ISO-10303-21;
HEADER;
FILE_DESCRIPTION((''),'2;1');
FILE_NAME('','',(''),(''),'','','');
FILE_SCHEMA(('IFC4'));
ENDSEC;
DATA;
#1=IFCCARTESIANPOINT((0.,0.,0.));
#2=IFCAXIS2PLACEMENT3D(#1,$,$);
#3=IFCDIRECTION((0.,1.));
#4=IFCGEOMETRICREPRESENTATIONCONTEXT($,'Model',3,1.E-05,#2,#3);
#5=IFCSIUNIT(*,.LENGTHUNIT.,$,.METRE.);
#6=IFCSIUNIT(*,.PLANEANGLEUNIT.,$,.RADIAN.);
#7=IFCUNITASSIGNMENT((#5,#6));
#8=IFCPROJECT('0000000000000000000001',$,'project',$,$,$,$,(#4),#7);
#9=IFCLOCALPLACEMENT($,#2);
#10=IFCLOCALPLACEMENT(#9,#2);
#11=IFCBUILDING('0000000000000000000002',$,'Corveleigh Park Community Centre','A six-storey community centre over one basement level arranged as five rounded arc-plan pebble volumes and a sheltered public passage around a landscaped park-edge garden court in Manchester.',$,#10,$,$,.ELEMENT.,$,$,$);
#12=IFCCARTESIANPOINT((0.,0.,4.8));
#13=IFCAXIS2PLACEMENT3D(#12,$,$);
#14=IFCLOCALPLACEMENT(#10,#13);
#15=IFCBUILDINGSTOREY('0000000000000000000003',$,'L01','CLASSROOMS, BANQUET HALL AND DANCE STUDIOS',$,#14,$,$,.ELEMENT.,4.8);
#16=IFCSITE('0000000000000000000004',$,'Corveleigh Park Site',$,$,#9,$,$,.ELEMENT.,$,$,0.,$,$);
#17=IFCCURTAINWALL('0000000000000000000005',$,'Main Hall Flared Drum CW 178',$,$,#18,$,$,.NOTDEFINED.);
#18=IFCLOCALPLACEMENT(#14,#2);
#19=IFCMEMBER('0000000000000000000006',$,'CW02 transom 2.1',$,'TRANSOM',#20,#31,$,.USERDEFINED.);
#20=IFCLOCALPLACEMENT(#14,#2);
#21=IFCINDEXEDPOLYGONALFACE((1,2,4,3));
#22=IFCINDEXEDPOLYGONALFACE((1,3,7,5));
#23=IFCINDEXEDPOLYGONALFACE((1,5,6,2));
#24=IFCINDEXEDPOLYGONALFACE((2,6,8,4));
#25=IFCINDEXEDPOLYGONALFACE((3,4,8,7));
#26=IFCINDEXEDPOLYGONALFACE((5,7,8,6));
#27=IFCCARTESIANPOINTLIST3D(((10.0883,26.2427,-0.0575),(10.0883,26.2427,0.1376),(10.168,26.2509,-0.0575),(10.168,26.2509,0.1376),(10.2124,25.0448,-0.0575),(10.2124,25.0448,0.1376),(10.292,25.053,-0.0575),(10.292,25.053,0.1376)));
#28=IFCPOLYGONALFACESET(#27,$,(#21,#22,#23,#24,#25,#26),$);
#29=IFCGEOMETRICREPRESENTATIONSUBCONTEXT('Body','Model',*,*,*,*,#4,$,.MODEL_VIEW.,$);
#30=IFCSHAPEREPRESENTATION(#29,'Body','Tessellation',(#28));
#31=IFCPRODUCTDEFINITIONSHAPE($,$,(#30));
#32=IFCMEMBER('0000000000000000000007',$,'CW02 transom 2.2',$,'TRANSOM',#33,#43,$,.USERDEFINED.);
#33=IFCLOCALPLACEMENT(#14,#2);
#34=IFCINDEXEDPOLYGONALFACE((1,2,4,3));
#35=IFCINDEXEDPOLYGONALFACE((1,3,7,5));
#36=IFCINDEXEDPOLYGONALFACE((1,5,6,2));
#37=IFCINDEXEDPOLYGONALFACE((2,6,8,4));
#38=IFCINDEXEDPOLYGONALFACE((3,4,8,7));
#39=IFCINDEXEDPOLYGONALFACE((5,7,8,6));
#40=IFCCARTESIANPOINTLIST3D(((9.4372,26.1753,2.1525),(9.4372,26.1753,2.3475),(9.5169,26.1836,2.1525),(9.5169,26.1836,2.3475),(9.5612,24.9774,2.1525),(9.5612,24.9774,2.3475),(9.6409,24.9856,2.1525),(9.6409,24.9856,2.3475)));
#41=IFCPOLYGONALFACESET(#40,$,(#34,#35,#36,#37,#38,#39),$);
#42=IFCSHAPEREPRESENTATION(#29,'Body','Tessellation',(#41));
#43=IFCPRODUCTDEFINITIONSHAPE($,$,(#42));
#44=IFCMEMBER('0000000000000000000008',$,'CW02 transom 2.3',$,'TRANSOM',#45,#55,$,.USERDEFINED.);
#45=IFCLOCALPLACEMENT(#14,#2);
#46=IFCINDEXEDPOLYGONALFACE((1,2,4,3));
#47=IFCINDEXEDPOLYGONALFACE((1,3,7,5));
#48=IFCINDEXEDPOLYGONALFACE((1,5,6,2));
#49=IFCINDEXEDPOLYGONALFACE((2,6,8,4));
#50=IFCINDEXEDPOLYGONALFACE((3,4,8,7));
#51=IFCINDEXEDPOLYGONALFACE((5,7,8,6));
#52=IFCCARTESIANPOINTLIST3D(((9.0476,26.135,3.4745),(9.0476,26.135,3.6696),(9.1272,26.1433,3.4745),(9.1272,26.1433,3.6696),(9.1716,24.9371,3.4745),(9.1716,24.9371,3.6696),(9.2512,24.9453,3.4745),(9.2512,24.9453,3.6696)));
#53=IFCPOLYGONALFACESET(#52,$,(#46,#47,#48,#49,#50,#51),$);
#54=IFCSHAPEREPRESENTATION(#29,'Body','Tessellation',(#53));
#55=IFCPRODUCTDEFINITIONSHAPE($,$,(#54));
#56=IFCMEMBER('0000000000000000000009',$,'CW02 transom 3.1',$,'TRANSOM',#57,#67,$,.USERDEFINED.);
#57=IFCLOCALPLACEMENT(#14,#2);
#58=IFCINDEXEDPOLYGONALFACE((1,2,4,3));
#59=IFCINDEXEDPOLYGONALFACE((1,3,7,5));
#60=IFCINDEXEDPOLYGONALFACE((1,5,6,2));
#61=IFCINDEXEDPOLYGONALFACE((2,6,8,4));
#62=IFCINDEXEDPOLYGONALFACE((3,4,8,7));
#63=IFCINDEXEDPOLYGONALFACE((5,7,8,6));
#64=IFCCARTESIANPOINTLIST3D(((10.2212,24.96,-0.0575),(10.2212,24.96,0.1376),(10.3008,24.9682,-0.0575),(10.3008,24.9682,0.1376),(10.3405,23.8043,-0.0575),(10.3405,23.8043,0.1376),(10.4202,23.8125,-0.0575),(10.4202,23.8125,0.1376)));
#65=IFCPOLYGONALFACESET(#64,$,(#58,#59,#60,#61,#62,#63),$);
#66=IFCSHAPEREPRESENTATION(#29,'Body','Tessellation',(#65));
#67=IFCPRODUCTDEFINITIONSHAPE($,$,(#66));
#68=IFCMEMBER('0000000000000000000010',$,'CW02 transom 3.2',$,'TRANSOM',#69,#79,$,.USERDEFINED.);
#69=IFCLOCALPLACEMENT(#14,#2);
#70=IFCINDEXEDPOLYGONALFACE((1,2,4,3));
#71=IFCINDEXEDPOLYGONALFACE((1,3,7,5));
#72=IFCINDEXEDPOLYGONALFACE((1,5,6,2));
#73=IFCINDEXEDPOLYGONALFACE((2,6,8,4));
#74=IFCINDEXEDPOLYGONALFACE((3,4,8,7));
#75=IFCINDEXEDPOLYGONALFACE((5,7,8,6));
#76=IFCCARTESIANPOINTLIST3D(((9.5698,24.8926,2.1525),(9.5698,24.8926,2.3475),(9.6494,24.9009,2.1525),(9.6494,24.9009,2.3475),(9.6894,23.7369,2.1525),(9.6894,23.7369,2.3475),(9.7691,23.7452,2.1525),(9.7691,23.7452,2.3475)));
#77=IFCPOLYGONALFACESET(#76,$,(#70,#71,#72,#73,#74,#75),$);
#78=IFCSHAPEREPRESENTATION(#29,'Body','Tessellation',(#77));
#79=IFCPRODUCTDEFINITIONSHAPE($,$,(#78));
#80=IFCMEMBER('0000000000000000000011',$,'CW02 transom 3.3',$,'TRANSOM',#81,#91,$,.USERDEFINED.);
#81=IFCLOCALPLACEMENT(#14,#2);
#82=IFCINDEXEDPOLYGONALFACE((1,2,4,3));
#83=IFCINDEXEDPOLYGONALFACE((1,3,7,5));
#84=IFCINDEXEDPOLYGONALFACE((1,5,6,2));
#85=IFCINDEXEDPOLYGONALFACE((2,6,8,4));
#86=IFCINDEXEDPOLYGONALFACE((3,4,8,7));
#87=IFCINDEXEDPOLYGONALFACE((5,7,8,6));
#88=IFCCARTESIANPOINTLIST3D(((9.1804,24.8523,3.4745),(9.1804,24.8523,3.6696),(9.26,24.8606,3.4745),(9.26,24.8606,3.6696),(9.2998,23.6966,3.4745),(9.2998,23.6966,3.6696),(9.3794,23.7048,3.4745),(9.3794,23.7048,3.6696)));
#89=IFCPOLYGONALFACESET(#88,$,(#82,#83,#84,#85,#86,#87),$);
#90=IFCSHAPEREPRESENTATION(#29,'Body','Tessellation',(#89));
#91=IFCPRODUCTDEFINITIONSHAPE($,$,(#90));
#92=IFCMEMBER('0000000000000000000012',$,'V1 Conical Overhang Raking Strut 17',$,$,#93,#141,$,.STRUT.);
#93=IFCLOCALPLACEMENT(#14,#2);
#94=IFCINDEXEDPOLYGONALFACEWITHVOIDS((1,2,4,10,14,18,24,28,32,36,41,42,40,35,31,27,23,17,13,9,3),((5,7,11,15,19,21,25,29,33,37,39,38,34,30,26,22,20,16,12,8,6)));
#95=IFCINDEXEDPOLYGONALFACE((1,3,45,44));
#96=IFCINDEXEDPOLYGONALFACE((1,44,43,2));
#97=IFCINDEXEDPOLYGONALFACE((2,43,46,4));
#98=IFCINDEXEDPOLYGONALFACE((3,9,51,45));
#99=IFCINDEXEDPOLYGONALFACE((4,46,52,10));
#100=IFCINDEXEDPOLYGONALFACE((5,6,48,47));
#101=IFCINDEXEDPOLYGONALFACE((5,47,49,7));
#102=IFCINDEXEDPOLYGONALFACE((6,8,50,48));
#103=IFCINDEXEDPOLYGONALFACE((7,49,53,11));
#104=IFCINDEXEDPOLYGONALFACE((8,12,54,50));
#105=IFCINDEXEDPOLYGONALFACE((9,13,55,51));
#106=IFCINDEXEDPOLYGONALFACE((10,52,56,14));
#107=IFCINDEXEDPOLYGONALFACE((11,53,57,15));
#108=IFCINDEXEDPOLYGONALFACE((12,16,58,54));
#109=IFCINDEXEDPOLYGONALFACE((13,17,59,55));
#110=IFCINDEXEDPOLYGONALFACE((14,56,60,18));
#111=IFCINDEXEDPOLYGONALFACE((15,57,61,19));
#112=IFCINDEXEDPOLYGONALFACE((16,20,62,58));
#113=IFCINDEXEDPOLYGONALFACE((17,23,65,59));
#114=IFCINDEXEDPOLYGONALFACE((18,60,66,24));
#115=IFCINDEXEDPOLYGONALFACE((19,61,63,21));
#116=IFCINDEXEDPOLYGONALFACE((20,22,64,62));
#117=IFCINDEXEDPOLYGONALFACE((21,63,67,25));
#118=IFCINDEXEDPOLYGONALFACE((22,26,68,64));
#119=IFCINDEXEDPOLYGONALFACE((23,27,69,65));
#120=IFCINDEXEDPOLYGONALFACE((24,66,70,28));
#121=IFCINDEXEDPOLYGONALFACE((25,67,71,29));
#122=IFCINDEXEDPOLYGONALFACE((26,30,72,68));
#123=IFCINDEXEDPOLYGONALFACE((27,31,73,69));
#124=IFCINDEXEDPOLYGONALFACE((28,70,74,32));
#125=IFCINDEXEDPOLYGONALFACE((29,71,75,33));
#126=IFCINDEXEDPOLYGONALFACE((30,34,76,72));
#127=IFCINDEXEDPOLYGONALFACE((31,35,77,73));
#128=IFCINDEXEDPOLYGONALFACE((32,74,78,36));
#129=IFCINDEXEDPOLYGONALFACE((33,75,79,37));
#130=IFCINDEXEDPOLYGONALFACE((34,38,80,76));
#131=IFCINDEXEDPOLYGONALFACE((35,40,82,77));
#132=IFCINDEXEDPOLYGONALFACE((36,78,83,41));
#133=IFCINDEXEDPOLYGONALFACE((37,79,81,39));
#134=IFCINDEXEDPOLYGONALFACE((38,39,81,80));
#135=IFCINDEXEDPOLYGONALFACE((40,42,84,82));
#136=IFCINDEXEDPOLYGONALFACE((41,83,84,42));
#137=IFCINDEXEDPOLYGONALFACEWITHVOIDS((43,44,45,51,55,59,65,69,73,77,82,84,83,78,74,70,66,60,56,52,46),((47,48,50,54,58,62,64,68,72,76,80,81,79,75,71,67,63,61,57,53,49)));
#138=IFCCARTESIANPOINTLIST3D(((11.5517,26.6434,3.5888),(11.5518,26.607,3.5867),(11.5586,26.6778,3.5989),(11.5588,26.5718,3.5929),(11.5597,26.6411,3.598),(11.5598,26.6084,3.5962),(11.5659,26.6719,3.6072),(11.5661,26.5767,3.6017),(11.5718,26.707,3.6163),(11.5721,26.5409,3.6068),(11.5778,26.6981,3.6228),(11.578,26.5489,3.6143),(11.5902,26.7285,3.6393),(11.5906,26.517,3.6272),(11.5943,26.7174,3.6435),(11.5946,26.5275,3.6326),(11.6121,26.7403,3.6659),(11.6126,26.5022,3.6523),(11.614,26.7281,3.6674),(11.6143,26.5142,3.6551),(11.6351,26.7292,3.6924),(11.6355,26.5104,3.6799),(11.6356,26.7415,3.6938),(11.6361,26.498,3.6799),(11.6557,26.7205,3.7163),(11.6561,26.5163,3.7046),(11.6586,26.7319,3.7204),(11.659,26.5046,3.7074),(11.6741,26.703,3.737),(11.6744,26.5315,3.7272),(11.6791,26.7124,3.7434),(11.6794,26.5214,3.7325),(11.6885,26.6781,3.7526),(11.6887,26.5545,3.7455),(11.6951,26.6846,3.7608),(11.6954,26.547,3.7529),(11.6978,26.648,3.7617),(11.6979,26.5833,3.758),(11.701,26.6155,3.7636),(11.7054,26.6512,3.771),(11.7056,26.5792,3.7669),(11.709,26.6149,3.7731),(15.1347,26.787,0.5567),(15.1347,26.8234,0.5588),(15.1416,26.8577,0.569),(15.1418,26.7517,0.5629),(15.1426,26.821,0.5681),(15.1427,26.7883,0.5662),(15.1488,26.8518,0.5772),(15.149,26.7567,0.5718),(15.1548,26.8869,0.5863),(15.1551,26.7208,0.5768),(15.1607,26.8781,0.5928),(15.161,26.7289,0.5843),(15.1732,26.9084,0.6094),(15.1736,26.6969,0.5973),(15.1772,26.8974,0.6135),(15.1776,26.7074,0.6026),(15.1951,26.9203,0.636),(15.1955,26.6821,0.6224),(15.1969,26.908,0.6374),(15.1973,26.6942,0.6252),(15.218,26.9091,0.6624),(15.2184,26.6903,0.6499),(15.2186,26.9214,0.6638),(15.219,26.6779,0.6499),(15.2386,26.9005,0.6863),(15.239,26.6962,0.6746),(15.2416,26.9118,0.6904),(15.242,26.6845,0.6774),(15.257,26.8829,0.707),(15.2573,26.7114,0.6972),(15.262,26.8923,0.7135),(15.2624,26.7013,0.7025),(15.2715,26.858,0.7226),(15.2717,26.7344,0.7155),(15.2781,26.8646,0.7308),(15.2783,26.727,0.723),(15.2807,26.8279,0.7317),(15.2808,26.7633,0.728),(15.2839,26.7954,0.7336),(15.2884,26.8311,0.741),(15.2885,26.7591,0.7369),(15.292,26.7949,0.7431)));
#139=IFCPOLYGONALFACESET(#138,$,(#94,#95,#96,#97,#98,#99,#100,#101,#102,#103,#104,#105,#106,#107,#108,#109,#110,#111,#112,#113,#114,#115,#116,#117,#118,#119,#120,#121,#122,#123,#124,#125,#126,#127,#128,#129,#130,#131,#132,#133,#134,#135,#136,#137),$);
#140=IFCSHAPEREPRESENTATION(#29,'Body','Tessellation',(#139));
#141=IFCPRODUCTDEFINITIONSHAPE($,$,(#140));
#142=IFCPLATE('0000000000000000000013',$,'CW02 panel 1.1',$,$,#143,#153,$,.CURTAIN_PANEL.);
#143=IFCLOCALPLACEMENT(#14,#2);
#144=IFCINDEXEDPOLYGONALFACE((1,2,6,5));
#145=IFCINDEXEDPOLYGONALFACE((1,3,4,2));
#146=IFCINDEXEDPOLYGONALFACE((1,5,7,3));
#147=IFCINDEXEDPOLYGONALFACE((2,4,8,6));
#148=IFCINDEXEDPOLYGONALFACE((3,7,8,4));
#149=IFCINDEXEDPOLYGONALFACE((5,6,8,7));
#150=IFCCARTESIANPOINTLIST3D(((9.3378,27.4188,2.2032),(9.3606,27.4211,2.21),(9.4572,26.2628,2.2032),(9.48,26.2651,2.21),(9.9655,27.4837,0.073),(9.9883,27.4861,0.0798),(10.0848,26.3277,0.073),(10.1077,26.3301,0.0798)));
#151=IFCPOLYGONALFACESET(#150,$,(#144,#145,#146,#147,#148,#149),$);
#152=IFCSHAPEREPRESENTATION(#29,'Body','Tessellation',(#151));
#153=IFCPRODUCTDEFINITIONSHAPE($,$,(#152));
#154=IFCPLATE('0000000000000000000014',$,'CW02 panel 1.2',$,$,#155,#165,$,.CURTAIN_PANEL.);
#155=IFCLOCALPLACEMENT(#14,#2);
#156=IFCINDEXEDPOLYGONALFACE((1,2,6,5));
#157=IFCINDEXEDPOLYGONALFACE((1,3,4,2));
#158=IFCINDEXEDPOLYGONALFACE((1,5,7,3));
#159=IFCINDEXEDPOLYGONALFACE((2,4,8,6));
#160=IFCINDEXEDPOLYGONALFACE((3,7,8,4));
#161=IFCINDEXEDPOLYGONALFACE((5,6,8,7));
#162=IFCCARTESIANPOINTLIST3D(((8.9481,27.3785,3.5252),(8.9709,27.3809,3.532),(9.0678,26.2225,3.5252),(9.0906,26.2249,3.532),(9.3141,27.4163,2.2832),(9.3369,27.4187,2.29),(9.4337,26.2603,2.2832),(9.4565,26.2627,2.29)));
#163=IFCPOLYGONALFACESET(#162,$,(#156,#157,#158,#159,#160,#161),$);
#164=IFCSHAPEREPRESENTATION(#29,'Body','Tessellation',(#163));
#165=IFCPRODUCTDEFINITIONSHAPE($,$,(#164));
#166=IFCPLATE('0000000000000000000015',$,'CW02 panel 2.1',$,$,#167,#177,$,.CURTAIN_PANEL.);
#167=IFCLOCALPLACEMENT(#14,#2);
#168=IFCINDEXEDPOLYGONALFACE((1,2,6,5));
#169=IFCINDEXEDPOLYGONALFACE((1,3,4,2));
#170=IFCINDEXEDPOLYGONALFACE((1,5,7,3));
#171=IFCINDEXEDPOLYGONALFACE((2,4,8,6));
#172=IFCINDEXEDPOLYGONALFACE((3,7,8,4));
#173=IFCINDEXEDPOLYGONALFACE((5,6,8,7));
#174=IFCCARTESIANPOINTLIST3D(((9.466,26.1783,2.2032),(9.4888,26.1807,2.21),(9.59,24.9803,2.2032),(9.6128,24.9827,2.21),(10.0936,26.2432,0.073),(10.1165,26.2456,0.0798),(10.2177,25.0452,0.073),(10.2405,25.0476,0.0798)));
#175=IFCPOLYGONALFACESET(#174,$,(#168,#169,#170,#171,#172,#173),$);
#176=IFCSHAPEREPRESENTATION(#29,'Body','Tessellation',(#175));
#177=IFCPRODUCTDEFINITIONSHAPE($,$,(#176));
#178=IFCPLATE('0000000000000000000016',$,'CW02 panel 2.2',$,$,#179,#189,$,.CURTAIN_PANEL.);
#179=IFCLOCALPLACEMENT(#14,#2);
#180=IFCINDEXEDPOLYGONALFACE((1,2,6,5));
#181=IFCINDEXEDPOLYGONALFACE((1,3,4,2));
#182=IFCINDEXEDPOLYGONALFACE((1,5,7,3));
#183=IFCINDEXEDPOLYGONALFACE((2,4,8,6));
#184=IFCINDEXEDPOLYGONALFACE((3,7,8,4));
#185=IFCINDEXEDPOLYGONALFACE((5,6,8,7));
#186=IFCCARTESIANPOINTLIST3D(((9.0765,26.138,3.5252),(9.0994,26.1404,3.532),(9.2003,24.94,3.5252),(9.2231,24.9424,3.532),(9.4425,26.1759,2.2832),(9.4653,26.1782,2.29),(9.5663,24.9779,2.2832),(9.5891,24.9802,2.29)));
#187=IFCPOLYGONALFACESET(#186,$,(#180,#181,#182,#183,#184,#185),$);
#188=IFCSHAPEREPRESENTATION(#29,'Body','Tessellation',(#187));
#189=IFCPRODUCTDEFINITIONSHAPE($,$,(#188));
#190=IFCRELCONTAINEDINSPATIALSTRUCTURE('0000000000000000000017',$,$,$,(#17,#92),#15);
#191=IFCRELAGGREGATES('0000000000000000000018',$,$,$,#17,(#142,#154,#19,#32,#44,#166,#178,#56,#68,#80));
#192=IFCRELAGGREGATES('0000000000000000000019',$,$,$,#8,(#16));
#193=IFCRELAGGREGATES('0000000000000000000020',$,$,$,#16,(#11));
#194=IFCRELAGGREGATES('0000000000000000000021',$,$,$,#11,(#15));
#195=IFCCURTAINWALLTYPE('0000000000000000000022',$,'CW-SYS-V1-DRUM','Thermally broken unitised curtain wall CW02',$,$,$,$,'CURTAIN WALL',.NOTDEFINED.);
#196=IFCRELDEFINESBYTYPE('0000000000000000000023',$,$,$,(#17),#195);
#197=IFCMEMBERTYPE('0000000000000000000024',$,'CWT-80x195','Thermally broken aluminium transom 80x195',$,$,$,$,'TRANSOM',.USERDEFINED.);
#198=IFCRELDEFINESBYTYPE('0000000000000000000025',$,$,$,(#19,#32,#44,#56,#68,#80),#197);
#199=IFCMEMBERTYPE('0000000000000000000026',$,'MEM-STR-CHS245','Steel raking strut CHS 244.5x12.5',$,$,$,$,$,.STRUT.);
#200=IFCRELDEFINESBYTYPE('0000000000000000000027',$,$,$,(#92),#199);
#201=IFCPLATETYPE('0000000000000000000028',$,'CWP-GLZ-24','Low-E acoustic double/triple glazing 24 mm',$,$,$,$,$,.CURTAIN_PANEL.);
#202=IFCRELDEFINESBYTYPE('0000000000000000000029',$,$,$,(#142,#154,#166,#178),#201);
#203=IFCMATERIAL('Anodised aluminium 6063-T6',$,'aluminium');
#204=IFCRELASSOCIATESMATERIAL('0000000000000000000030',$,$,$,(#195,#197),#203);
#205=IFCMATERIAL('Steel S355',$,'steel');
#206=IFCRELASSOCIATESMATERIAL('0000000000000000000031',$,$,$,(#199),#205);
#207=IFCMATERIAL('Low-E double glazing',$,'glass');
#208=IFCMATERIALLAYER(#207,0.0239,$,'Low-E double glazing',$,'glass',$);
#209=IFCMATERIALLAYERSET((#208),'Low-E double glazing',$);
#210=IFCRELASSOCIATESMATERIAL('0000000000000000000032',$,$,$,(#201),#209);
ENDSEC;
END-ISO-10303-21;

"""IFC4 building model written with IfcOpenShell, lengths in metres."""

from ifc_helpers import new_model, si_unit, direction, frame, origin, origin_2d, place, context, subcontext, project, spatial, polyline, rectangle, hollow_circle, outline, extrude, material, layer, layer_set, material_profile, profile_set, type_object, element, aggregate, save


model = new_model("IFC4")

# Units and contexts
model_context = context("Model", 3, precision=1e-05, world=origin(), true_north=direction((0.0, 1.0)))
body_context = subcontext(model_context, "Body", "Model", "MODEL_VIEW")
ifc_project = project(units=[si_unit("LENGTHUNIT", "METRE"), si_unit("PLANEANGLEUNIT", "RADIAN")], contexts=[model_context])

# Site, building, storey
site_placement = place(None, origin())
site = spatial("IfcSite", under=ifc_project, at=site_placement, Name="Corveleigh Park Site", CompositionType="ELEMENT", RefElevation=0.0)
building_placement = place(site_placement, origin())
building = spatial("IfcBuilding", under=site, at=building_placement, Name="Corveleigh Park Community Centre", Description="A six-storey community centre over one basement level arranged as five rounded arc-plan pebble volumes and a sheltered public passage around a landscaped park-edge garden court in Manchester.", CompositionType="ELEMENT")
storey_placement = place(building_placement, frame((0.0, 0.0, 4.8)))
storey = spatial("IfcBuildingStorey", under=building, at=storey_placement, Name="L01", Description="CLASSROOMS, BANQUET HALL AND DANCE STUDIOS", CompositionType="ELEMENT", Elevation=4.8)

# Shared definitions
ifc_material_1 = material(Name="Steel S355", Category="steel")

# Shared definitions
ifc_material_2 = material(Name="Anodised aluminium 6063-T6", Category="aluminium")
curtain_wall_type = type_object("IfcCurtainWallType", Name="CW-SYS-V1-DRUM", Description="Thermally broken unitised curtain wall CW02", ElementType="CURTAIN WALL", PredefinedType="NOTDEFINED", material=ifc_material_2)

# Curtain wall
curtain_wall_1_placement = place(storey_placement, origin())
curtain_wall_1 = element("IfcCurtainWall", 1, at=curtain_wall_1_placement, inside=storey, type_object=curtain_wall_type, Name="Main Hall Flared Drum CW 178", PredefinedType="NOTDEFINED")

# Members
ifc_material_profile_1 = material_profile(ifc_material_2, rectangle(XDim=0.0801, YDim=0.1951, at=origin_2d()), Name="ALU-T80x195", Category="aluminium")
ifc_profile_set_1 = profile_set([ifc_material_profile_1], Name="Anodised aluminium 6063-T6")
member_type_1 = type_object("IfcMemberType", Name="CWT-80x195", Description="Thermally broken aluminium transom 80x195", ElementType="TRANSOM", PredefinedType="USERDEFINED", material=ifc_profile_set_1)
member_1_placement = place(storey_placement, frame((10.1282, 26.2468, 0.04), z_axis=(0.102975, -0.994684, 0.0), x_axis=(0.994684, 0.102975, 0.0)))
member_1 = element("IfcMember", 2, at=member_1_placement, type_object=member_type_1, Name="CW02 transom 2.1", ObjectType="TRANSOM", PredefinedType="USERDEFINED", context=body_context, shape_type="SweptSolid", body=[
    extrude(rectangle(XDim=0.0801, YDim=0.1951, at=origin_2d()), origin(), (0.0, 0.0, 1.0), 1.2043),
])
member_2_placement = place(storey_placement, frame((9.4771, 26.1794, 2.25), z_axis=(0.102975, -0.994684, 0.0), x_axis=(0.994684, 0.102975, 0.0)))
member_2 = element("IfcMember", 3, at=member_2_placement, type_object=member_type_1, Name="CW02 transom 2.2", ObjectType="TRANSOM", PredefinedType="USERDEFINED", context=body_context, shape_type="SweptSolid", body=[
    extrude(rectangle(XDim=0.0801, YDim=0.1951, at=origin_2d()), origin(), (0.0, 0.0, 1.0), 1.2043),
])
member_3_placement = place(storey_placement, frame((9.0874, 26.1392, 3.572), z_axis=(0.102975, -0.994684, 0.0), x_axis=(0.994684, 0.102975, 0.0)))
member_3 = element("IfcMember", 4, at=member_3_placement, type_object=member_type_1, Name="CW02 transom 2.3", ObjectType="TRANSOM", PredefinedType="USERDEFINED", context=body_context, shape_type="SweptSolid", body=[
    extrude(rectangle(XDim=0.0801, YDim=0.1951, at=origin_2d()), origin(), (0.0, 0.0, 1.0), 1.2043),
])
member_4_placement = place(storey_placement, frame((10.261, 24.9641, 0.04), z_axis=(0.102749, -0.994707, 0.0), x_axis=(0.994707, 0.102749, 0.0)))
member_4 = element("IfcMember", 5, at=member_4_placement, type_object=member_type_1, Name="CW02 transom 3.1", ObjectType="TRANSOM", PredefinedType="USERDEFINED", context=body_context, shape_type="SweptSolid", body=[
    extrude(rectangle(XDim=0.0801, YDim=0.1951, at=origin_2d()), origin(), (0.0, 0.0, 1.0), 1.1619),
])
member_5_placement = place(storey_placement, frame((9.6096, 24.8967, 2.25), z_axis=(0.102957, -0.994686, 0.0), x_axis=(0.994686, 0.102957, 0.0)))
member_5 = element("IfcMember", 6, at=member_5_placement, type_object=member_type_1, Name="CW02 transom 3.2", ObjectType="TRANSOM", PredefinedType="USERDEFINED", context=body_context, shape_type="SweptSolid", body=[
    extrude(rectangle(XDim=0.0801, YDim=0.1951, at=origin_2d()), origin(), (0.0, 0.0, 1.0), 1.1619),
])
member_6_placement = place(storey_placement, frame((9.2202, 24.8564, 3.572), z_axis=(0.102749, -0.994707, 0.0), x_axis=(0.994707, 0.102749, 0.0)))
member_6 = element("IfcMember", 7, at=member_6_placement, type_object=member_type_1, Name="CW02 transom 3.3", ObjectType="TRANSOM", PredefinedType="USERDEFINED", context=body_context, shape_type="SweptSolid", body=[
    extrude(rectangle(XDim=0.0801, YDim=0.1951, at=origin_2d()), origin(), (0.0, 0.0, 1.0), 1.1619),
])
ifc_material_profile_2 = material_profile(ifc_material_1, hollow_circle(Radius=0.1223, WallThickness=0.0125, at=origin_2d()), Name="CHS 244.5x12.5", Category="steel")
ifc_profile_set_2 = profile_set([ifc_material_profile_2], Name="Steel S355")
member_type_2 = type_object("IfcMemberType", Name="MEM-STR-CHS245", Description="Steel raking strut CHS 244.5x12.5", PredefinedType="STRUT", material=ifc_profile_set_2)
member_7_placement = place(storey_placement, frame((15.2129, 26.8, 0.6499), z_axis=(-0.763009, -0.038317, 0.645251), x_axis=(0.050155, -0.998741, 0.0)))
element("IfcMember", 8, at=member_7_placement, inside=storey, type_object=member_type_2, Name="V1 Conical Overhang Raking Strut 17", PredefinedType="STRUT", context=body_context, shape_type="SweptSolid", body=[
    extrude(hollow_circle(Radius=0.1223, WallThickness=0.0125, at=origin_2d()), origin(), (0.0, 0.0, 1.0), 4.6958),
])

# Plates
ifc_material_3 = material(Name="Low-E double glazing", Category="glass")
ifc_layer_1 = layer(ifc_material_3, 0.0239, Name="Low-E double glazing", Category="glass")
ifc_layer_set_1 = layer_set([ifc_layer_1], Name="Low-E double glazing")
plate_type_1 = type_object("IfcPlateType", Name="CWP-GLZ-24", Description="Low-E acoustic double/triple glazing 24 mm", PredefinedType="CURTAIN_PANEL", material=ifc_layer_set_1)
plate_1_placement = place(storey_placement, frame((9.9883, 27.4861, 0.0798), z_axis=(0.953739, 0.098496, 0.284042), x_axis=(0.102727, -0.99471, 0.0)))
plate_1 = element("IfcPlate", 9, at=plate_1_placement, type_object=plate_type_1, Name="CW02 panel 1.1", PredefinedType="CURTAIN_PANEL", context=body_context, shape_type="SweptSolid", body=[
    extrude(outline(polyline([(0.0, 0.0), (1.1622, 0.0), (1.1623, -2.2216), (0.0001, -2.2216), (0.0, 0.0)])), origin(), (0.0, 0.0, -1.0), 0.0239),
])
plate_2_placement = place(storey_placement, frame((9.3369, 27.4187, 2.29), z_axis=(0.953719, 0.098695, 0.284042), x_axis=(0.102935, -0.994688, 0.0)))
plate_2 = element("IfcPlate", 10, at=plate_2_placement, type_object=plate_type_1, Name="CW02 panel 1.2", PredefinedType="CURTAIN_PANEL", context=body_context, shape_type="SweptSolid", body=[
    extrude(outline(polyline([(0.0, 0.0), (1.1622, 0.0), (1.1621, -1.2953), (0.0, -1.2953), (0.0, 0.0)])), origin(), (0.0, 0.0, -1.0), 0.0239),
])
plate_3_placement = place(storey_placement, frame((10.1165, 26.2456, 0.0798), z_axis=(0.953715, 0.098734, 0.284042), x_axis=(0.102975, -0.994684, 0.0)))
plate_3 = element("IfcPlate", 11, at=plate_3_placement, type_object=plate_type_1, Name="CW02 panel 2.1", PredefinedType="CURTAIN_PANEL", context=body_context, shape_type="SweptSolid", body=[
    extrude(outline(polyline([(0.0, 0.0), (1.2044, 0.0), (1.2044, -2.2216), (0.0, -2.2216), (0.0, 0.0)])), origin(), (0.0, 0.0, -1.0), 0.0239),
])
plate_4_placement = place(storey_placement, frame((9.4653, 26.1782, 2.29), z_axis=(0.953735, 0.098542, 0.284042), x_axis=(0.102775, -0.994705, 0.0)))
plate_4 = element("IfcPlate", 12, at=plate_4_placement, type_object=plate_type_1, Name="CW02 panel 2.2", PredefinedType="CURTAIN_PANEL", context=body_context, shape_type="SweptSolid", body=[
    extrude(outline(polyline([(0.0, 0.0), (1.2044, 0.0), (1.2044, -1.2953), (0.0, -1.2953), (0.0, 0.0)])), origin(), (0.0, 0.0, -1.0), 0.0239),
])
aggregate(curtain_wall_1, [plate_1, plate_2, member_1, member_2, member_3, plate_3, plate_4, member_4, member_5, member_6])

save(model, "model.ifc")
